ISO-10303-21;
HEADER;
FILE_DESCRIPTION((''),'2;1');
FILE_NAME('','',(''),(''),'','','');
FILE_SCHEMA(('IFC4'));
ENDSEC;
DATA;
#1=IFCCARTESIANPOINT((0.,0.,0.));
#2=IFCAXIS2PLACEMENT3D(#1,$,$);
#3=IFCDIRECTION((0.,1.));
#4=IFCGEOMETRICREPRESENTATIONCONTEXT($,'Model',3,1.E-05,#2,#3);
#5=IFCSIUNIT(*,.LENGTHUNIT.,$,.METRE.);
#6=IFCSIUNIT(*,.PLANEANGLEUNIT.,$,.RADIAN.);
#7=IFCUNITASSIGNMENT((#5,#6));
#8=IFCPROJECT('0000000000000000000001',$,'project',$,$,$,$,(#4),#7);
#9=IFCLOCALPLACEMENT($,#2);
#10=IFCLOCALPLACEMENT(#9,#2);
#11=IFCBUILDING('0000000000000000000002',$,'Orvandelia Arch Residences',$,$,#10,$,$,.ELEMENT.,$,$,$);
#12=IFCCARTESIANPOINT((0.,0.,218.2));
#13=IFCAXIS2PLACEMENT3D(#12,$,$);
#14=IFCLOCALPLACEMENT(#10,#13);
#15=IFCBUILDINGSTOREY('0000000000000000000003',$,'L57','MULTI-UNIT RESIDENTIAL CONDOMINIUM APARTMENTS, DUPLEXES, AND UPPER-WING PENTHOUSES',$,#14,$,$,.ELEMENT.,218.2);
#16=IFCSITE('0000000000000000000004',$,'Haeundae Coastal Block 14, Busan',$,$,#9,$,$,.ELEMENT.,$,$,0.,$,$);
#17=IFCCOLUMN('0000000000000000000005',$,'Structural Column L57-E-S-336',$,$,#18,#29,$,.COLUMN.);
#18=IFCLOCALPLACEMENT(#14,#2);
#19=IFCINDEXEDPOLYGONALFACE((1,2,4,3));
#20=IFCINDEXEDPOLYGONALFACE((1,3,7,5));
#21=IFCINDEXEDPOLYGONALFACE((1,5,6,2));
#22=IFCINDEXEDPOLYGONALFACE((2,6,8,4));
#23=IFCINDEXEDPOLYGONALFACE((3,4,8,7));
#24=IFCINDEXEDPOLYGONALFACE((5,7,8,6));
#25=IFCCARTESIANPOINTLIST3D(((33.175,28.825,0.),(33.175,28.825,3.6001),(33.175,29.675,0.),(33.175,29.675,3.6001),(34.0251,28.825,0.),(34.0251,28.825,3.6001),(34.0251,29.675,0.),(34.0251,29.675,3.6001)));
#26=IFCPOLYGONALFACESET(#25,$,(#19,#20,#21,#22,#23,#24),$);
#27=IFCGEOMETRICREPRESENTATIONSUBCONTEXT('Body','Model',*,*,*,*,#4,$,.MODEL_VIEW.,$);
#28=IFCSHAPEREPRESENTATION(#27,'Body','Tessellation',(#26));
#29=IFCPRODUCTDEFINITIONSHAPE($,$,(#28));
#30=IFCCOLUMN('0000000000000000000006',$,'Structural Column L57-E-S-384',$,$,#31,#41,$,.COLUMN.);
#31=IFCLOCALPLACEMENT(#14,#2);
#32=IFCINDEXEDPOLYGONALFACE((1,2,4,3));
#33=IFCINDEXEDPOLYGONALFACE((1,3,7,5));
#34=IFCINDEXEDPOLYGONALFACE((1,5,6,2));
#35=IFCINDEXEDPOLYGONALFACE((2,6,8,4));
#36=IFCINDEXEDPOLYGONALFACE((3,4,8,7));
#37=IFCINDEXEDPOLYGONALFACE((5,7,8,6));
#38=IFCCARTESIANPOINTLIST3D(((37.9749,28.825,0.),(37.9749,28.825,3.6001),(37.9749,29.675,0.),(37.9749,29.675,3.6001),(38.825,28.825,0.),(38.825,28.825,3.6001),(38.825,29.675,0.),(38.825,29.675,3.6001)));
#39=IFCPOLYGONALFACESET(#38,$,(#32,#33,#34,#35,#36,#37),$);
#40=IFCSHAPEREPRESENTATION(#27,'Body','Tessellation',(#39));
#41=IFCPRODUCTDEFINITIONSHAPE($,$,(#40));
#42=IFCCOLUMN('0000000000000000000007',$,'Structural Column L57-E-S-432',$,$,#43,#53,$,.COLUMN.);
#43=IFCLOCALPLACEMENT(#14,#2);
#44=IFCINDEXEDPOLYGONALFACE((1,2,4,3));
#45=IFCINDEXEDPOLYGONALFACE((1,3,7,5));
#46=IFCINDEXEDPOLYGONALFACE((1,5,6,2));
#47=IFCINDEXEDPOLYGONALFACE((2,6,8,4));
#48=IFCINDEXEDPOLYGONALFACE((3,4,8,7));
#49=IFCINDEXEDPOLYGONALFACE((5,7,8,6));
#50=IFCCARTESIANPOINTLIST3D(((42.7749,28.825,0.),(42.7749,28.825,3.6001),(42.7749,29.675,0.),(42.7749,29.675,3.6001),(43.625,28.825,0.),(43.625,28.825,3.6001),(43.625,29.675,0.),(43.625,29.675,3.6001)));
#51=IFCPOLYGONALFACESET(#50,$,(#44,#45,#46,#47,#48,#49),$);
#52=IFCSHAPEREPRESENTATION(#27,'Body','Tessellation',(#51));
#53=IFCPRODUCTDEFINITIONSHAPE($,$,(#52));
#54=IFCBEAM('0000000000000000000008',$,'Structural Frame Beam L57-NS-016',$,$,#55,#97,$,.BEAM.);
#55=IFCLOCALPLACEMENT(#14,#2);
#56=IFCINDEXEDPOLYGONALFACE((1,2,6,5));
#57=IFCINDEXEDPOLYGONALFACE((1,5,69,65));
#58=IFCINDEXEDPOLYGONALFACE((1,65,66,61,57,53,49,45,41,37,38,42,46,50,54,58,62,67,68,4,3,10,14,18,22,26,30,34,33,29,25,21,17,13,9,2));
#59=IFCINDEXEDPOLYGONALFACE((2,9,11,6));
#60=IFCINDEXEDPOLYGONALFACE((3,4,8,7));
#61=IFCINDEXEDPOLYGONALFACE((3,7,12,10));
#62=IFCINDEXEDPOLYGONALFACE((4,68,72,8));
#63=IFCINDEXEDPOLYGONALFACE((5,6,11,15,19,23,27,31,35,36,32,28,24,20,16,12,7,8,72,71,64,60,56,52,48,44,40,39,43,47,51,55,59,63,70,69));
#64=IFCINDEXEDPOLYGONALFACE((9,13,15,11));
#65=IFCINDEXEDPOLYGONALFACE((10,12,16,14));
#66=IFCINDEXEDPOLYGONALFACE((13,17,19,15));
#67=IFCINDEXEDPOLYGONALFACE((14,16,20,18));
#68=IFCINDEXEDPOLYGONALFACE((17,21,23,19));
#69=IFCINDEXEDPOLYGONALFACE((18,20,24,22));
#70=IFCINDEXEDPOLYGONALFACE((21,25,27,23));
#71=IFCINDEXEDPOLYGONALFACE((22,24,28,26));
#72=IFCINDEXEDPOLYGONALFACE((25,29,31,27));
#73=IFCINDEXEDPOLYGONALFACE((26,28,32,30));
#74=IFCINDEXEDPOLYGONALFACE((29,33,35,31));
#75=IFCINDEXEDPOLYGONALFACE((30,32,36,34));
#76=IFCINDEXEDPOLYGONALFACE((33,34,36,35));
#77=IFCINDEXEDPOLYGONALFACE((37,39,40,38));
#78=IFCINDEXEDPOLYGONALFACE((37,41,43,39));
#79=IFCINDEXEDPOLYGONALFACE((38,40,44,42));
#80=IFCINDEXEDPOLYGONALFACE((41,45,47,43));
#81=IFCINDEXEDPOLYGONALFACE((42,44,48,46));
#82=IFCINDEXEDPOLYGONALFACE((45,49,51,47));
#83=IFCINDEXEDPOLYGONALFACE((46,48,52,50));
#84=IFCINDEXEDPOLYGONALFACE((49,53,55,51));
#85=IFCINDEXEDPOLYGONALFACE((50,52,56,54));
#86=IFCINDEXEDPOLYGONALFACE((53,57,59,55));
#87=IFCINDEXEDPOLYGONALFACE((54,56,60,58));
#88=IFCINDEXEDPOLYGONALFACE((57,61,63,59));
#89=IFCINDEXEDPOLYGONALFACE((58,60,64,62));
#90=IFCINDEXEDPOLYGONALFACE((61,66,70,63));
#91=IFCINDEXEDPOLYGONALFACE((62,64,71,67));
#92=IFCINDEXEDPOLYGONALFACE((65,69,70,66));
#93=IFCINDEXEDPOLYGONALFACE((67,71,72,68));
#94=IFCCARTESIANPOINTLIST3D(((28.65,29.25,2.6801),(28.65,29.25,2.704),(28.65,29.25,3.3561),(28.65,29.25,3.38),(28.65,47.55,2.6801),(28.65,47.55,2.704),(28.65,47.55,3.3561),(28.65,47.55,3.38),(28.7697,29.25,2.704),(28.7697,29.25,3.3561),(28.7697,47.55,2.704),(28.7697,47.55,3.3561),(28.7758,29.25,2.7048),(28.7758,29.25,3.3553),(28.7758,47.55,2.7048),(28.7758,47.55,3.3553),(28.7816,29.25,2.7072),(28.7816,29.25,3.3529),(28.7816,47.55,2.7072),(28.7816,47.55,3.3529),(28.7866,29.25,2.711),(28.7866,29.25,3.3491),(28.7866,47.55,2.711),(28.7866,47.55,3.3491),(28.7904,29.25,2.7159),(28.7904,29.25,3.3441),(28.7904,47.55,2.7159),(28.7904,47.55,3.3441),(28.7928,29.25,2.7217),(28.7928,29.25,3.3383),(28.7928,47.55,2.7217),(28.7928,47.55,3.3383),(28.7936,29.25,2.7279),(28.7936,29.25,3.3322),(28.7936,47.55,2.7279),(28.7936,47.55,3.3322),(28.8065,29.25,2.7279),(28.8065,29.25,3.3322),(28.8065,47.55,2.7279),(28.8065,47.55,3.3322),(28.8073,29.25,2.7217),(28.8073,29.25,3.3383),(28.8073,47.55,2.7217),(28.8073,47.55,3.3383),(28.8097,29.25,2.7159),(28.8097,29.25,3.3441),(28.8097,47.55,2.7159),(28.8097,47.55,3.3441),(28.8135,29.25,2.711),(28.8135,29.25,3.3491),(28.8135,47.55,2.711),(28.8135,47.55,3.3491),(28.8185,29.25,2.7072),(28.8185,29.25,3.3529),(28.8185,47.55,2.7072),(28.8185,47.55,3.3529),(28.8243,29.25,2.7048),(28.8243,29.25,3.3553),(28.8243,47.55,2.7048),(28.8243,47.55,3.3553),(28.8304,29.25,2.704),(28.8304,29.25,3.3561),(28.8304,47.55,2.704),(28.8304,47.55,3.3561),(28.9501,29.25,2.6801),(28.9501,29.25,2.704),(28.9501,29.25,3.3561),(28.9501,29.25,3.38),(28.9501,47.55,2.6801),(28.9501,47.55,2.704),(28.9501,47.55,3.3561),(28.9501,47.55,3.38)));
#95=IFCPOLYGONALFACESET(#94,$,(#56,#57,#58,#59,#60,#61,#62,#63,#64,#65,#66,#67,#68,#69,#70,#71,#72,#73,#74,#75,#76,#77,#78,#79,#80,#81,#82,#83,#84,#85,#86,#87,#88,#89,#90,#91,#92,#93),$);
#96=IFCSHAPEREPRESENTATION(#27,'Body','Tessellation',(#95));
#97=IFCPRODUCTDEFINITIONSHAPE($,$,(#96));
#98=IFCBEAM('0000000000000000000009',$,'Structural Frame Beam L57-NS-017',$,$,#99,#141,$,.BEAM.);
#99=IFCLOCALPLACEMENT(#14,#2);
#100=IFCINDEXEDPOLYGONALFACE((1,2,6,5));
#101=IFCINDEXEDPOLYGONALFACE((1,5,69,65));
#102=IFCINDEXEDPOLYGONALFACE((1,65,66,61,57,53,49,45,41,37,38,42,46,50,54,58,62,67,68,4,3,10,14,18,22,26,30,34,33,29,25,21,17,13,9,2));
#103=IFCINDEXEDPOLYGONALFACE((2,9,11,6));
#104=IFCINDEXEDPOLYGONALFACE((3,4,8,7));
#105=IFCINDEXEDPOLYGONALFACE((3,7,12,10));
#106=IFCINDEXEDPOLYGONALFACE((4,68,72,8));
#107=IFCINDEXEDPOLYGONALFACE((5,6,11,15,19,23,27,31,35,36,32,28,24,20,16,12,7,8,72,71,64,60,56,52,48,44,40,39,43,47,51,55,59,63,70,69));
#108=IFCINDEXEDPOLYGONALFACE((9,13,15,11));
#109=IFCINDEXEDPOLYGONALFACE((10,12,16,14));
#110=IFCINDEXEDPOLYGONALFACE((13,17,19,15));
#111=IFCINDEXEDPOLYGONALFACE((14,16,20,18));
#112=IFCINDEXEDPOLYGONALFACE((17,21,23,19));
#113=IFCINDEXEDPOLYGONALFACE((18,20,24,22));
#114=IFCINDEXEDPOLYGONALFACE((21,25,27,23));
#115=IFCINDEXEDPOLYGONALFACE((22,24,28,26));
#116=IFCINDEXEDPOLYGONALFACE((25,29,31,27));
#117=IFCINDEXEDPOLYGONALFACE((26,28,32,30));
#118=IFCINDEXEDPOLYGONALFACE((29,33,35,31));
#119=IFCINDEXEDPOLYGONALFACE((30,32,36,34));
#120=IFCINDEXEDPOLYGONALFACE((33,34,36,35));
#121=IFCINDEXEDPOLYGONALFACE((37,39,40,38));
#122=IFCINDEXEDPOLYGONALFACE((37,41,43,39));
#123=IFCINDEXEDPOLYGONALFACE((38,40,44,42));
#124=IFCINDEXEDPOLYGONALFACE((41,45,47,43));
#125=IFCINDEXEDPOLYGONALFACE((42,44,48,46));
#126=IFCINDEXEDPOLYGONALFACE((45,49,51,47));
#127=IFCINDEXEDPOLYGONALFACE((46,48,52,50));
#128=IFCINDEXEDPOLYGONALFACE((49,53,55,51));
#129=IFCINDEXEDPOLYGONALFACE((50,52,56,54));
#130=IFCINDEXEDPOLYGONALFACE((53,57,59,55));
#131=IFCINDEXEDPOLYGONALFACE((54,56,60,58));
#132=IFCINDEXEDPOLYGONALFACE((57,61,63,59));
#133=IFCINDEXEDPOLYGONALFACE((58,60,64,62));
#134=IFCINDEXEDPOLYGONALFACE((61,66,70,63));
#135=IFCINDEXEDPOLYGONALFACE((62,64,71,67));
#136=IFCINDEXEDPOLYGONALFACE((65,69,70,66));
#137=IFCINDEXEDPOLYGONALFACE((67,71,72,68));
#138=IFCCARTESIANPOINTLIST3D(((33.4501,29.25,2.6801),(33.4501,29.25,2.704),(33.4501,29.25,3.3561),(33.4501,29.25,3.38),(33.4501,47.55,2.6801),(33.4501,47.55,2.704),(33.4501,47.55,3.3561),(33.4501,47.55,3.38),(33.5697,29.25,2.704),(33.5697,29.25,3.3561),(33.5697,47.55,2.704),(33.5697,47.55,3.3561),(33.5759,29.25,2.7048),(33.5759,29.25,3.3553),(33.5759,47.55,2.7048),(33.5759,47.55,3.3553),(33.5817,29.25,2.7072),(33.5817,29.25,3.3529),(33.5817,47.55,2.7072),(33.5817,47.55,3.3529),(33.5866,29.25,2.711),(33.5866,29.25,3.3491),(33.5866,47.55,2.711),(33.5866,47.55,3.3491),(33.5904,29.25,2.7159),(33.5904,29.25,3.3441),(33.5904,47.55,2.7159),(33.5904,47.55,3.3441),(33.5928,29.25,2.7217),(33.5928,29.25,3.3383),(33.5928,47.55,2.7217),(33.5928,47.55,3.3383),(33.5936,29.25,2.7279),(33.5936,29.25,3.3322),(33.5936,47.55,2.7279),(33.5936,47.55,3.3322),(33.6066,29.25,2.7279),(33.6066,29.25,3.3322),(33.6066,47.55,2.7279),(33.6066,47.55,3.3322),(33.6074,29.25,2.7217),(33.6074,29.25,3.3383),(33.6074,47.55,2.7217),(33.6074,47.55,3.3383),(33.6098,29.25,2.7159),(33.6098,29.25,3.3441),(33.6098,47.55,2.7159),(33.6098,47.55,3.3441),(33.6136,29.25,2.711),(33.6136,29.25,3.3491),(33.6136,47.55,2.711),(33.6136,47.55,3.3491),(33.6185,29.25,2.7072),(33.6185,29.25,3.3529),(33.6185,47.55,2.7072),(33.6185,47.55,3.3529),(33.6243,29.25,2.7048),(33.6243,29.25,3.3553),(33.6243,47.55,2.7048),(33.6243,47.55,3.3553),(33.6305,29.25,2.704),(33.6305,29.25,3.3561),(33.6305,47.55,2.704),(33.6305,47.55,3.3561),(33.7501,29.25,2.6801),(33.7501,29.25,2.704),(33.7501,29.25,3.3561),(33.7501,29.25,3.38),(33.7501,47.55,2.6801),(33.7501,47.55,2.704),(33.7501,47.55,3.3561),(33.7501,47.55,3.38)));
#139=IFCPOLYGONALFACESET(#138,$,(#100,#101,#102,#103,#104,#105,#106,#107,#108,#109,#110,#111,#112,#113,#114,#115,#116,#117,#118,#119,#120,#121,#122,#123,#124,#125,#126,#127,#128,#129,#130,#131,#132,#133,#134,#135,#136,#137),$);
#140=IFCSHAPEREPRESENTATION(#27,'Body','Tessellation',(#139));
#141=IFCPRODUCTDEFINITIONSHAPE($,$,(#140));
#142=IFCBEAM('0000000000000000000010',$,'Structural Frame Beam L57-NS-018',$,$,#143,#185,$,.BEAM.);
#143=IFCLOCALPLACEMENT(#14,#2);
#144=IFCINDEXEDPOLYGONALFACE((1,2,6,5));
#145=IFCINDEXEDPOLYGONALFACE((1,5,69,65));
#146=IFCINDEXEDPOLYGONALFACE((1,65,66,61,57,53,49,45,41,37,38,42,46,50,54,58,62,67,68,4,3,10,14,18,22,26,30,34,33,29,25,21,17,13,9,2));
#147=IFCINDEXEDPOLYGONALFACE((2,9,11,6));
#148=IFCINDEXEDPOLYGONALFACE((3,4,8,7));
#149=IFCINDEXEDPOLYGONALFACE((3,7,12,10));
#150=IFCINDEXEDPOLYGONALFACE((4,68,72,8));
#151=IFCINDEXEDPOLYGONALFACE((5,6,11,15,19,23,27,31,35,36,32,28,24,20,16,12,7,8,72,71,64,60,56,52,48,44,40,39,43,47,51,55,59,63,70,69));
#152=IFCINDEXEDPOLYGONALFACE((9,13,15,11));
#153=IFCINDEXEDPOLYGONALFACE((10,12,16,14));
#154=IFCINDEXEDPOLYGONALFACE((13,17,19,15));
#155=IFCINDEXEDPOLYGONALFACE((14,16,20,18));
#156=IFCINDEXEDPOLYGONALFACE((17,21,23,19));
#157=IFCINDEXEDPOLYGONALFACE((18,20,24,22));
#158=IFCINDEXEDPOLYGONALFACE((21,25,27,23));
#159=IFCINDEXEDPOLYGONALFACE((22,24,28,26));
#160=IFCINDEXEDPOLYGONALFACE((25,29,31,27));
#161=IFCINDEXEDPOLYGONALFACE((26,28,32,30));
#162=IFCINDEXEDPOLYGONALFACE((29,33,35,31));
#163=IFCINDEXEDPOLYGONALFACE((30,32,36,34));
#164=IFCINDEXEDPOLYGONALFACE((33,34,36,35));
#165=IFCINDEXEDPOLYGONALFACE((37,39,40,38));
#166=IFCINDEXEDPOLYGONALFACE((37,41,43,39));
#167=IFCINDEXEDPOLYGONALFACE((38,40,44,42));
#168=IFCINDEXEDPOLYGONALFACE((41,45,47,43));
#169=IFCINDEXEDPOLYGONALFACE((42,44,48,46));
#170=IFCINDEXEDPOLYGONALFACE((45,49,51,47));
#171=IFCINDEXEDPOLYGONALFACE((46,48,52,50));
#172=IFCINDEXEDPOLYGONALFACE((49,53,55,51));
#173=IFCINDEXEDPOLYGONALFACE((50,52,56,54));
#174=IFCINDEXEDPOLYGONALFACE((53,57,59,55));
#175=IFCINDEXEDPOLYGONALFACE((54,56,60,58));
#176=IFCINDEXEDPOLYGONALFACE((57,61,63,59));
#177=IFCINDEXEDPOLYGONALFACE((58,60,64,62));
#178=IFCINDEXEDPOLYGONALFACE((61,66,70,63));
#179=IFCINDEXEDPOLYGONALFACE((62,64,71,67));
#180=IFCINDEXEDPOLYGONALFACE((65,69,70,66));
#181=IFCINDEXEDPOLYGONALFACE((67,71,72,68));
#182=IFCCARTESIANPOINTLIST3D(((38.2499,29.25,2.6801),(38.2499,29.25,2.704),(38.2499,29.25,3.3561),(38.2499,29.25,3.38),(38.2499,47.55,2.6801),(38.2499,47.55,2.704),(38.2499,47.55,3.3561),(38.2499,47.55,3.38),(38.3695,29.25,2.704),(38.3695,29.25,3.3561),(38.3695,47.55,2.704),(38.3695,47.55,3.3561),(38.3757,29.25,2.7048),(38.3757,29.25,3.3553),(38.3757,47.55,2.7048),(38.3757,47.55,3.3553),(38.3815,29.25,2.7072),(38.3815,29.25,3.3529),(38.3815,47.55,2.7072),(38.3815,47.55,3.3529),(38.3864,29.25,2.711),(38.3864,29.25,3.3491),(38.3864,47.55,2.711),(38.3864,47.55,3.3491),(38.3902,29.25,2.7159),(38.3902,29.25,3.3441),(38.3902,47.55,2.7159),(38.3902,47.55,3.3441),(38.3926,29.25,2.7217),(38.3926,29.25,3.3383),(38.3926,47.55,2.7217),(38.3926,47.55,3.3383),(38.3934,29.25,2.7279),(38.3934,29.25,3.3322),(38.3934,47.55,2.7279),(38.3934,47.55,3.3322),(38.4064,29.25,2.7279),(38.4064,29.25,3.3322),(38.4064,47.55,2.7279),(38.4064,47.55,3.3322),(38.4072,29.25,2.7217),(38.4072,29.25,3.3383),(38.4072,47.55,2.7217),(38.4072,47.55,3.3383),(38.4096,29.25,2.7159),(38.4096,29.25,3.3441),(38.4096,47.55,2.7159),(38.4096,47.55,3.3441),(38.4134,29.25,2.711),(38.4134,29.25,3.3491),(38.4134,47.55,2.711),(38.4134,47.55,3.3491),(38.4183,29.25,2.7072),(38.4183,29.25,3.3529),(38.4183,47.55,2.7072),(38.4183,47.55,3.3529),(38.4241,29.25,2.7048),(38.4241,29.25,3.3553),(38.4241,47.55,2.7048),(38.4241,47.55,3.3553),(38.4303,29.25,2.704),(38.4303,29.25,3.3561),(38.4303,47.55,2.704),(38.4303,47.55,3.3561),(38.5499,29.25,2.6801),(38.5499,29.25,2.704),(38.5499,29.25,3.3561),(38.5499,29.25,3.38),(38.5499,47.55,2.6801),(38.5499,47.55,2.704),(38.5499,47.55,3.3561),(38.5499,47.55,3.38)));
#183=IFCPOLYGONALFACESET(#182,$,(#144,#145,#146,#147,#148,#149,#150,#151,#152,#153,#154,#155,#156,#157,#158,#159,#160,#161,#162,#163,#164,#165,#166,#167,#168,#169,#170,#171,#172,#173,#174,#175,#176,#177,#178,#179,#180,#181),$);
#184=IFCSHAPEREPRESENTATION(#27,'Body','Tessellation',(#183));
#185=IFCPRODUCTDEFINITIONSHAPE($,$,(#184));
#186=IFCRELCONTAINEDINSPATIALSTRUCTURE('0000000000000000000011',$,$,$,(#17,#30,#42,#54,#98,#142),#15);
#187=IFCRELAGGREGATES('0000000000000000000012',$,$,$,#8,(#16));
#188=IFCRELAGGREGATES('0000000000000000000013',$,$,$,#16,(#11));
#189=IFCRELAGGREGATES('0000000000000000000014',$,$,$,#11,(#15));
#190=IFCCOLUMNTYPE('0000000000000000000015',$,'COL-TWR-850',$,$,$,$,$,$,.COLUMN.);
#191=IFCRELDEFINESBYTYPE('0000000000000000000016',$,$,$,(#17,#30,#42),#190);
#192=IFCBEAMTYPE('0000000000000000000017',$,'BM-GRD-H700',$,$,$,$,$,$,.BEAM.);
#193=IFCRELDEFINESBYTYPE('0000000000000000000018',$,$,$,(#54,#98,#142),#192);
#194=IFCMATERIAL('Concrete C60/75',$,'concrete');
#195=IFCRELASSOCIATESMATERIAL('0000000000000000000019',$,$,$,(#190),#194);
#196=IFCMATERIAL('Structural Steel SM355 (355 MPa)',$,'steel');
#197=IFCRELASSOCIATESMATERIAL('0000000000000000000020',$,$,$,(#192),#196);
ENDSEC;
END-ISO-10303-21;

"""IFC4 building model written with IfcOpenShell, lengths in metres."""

from ifc_helpers import new_model, si_unit, direction, frame, origin, origin_2d, place, context, subcontext, project, spatial, rectangle, i_section, extrude, material, material_profile, profile_set, type_object, element, save


model = new_model("IFC4")

# Units and contexts
model_context = context("Model", 3, precision=1e-05, world=origin(), true_north=direction((0.0, 1.0)))
body_context = subcontext(model_context, "Body", "Model", "MODEL_VIEW")
ifc_project = project(units=[si_unit("LENGTHUNIT", "METRE"), si_unit("PLANEANGLEUNIT", "RADIAN")], contexts=[model_context])

# Site, building, storey
site_placement = place(None, origin())
site = spatial("IfcSite", under=ifc_project, at=site_placement, Name="Haeundae Coastal Block 14, Busan", CompositionType="ELEMENT", RefElevation=0.0)
building_placement = place(site_placement, origin())
building = spatial("IfcBuilding", under=site, at=building_placement, Name="Orvandelia Arch Residences", CompositionType="ELEMENT")
storey_placement = place(building_placement, frame((0.0, 0.0, 218.2)))
storey = spatial("IfcBuildingStorey", under=building, at=storey_placement, Name="L57", Description="MULTI-UNIT RESIDENTIAL CONDOMINIUM APARTMENTS, DUPLEXES, AND UPPER-WING PENTHOUSES", CompositionType="ELEMENT", Elevation=218.2)

# Columns
ifc_material_1 = material(Name="Concrete C60/75", Category="concrete")
ifc_material_profile_1 = material_profile(ifc_material_1, rectangle(XDim=0.8501, YDim=0.8501, at=origin_2d()), Name="Concrete C60/75", Category="concrete")
ifc_profile_set_1 = profile_set([ifc_material_profile_1], Name="Concrete C60/75")
column_type = type_object("IfcColumnType", Name="COL-TWR-850", PredefinedType="COLUMN", material=ifc_profile_set_1)
for number, where, z_axis, x_axis, name in (
    (1, (33.6001, 29.25, 0.0), (0.0, 0.0, 1.0), (1.0, 0.0, 0.0), "Structural Column L57-E-S-336"),
    (2, (38.3999, 29.25, 0.0), (0.0, 0.0, 1.0), (1.0, 0.0, 0.0), "Structural Column L57-E-S-384"),
    (3, (43.2, 29.25, 0.0), (0.0, 0.0, 1.0), (1.0, 0.0, 0.0), "Structural Column L57-E-S-432"),
):
    element("IfcColumn", number, at=place(storey_placement, frame(where, z_axis=z_axis, x_axis=x_axis)), inside=storey, type_object=column_type, Name=name, PredefinedType="COLUMN", context=body_context, shape_type="SweptSolid", body=[
        extrude(rectangle(XDim=0.8501, YDim=0.8501, at=origin_2d()), origin(), (0.0, 0.0, 1.0), 3.6001),
    ])

# Beams
ifc_material_2 = material(Name="Structural Steel SM355 (355 MPa)", Category="steel")
ifc_material_profile_2 = material_profile(ifc_material_2, i_section(OverallWidth=0.3, OverallDepth=0.7, WebThickness=0.0129, FlangeThickness=0.0239, FilletRadius=0.0239, at=origin_2d()), Name="Structural Steel SM355 (355 MPa)", Category="steel")
ifc_profile_set_2 = profile_set([ifc_material_profile_2], Name="Structural Steel SM355 (355 MPa)")
beam_type = type_object("IfcBeamType", Name="BM-GRD-H700", PredefinedType="BEAM", material=ifc_profile_set_2)
for number, where, z_axis, x_axis, name in (
    (4, (28.8, 29.25, 3.03), (0.0, 1.0, 0.0), (-1.0, 0.0, 0.0), "Structural Frame Beam L57-NS-016"),
    (5, (33.6001, 29.25, 3.03), (0.0, 1.0, 0.0), (-1.0, 0.0, 0.0), "Structural Frame Beam L57-NS-017"),
    (6, (38.3999, 29.25, 3.03), (0.0, 1.0, 0.0), (-1.0, 0.0, 0.0), "Structural Frame Beam L57-NS-018"),
):
    element("IfcBeam", number, at=place(storey_placement, frame(where, z_axis=z_axis, x_axis=x_axis)), inside=storey, type_object=beam_type, Name=name, PredefinedType="BEAM", context=body_context, shape_type="SweptSolid", body=[
        extrude(i_section(OverallWidth=0.3, OverallDepth=0.7, WebThickness=0.0129, FlangeThickness=0.0239, FilletRadius=0.0239, at=origin_2d()), origin(), (0.0, 0.0, 1.0), 18.3),
    ])

save(model, "model.ifc")
